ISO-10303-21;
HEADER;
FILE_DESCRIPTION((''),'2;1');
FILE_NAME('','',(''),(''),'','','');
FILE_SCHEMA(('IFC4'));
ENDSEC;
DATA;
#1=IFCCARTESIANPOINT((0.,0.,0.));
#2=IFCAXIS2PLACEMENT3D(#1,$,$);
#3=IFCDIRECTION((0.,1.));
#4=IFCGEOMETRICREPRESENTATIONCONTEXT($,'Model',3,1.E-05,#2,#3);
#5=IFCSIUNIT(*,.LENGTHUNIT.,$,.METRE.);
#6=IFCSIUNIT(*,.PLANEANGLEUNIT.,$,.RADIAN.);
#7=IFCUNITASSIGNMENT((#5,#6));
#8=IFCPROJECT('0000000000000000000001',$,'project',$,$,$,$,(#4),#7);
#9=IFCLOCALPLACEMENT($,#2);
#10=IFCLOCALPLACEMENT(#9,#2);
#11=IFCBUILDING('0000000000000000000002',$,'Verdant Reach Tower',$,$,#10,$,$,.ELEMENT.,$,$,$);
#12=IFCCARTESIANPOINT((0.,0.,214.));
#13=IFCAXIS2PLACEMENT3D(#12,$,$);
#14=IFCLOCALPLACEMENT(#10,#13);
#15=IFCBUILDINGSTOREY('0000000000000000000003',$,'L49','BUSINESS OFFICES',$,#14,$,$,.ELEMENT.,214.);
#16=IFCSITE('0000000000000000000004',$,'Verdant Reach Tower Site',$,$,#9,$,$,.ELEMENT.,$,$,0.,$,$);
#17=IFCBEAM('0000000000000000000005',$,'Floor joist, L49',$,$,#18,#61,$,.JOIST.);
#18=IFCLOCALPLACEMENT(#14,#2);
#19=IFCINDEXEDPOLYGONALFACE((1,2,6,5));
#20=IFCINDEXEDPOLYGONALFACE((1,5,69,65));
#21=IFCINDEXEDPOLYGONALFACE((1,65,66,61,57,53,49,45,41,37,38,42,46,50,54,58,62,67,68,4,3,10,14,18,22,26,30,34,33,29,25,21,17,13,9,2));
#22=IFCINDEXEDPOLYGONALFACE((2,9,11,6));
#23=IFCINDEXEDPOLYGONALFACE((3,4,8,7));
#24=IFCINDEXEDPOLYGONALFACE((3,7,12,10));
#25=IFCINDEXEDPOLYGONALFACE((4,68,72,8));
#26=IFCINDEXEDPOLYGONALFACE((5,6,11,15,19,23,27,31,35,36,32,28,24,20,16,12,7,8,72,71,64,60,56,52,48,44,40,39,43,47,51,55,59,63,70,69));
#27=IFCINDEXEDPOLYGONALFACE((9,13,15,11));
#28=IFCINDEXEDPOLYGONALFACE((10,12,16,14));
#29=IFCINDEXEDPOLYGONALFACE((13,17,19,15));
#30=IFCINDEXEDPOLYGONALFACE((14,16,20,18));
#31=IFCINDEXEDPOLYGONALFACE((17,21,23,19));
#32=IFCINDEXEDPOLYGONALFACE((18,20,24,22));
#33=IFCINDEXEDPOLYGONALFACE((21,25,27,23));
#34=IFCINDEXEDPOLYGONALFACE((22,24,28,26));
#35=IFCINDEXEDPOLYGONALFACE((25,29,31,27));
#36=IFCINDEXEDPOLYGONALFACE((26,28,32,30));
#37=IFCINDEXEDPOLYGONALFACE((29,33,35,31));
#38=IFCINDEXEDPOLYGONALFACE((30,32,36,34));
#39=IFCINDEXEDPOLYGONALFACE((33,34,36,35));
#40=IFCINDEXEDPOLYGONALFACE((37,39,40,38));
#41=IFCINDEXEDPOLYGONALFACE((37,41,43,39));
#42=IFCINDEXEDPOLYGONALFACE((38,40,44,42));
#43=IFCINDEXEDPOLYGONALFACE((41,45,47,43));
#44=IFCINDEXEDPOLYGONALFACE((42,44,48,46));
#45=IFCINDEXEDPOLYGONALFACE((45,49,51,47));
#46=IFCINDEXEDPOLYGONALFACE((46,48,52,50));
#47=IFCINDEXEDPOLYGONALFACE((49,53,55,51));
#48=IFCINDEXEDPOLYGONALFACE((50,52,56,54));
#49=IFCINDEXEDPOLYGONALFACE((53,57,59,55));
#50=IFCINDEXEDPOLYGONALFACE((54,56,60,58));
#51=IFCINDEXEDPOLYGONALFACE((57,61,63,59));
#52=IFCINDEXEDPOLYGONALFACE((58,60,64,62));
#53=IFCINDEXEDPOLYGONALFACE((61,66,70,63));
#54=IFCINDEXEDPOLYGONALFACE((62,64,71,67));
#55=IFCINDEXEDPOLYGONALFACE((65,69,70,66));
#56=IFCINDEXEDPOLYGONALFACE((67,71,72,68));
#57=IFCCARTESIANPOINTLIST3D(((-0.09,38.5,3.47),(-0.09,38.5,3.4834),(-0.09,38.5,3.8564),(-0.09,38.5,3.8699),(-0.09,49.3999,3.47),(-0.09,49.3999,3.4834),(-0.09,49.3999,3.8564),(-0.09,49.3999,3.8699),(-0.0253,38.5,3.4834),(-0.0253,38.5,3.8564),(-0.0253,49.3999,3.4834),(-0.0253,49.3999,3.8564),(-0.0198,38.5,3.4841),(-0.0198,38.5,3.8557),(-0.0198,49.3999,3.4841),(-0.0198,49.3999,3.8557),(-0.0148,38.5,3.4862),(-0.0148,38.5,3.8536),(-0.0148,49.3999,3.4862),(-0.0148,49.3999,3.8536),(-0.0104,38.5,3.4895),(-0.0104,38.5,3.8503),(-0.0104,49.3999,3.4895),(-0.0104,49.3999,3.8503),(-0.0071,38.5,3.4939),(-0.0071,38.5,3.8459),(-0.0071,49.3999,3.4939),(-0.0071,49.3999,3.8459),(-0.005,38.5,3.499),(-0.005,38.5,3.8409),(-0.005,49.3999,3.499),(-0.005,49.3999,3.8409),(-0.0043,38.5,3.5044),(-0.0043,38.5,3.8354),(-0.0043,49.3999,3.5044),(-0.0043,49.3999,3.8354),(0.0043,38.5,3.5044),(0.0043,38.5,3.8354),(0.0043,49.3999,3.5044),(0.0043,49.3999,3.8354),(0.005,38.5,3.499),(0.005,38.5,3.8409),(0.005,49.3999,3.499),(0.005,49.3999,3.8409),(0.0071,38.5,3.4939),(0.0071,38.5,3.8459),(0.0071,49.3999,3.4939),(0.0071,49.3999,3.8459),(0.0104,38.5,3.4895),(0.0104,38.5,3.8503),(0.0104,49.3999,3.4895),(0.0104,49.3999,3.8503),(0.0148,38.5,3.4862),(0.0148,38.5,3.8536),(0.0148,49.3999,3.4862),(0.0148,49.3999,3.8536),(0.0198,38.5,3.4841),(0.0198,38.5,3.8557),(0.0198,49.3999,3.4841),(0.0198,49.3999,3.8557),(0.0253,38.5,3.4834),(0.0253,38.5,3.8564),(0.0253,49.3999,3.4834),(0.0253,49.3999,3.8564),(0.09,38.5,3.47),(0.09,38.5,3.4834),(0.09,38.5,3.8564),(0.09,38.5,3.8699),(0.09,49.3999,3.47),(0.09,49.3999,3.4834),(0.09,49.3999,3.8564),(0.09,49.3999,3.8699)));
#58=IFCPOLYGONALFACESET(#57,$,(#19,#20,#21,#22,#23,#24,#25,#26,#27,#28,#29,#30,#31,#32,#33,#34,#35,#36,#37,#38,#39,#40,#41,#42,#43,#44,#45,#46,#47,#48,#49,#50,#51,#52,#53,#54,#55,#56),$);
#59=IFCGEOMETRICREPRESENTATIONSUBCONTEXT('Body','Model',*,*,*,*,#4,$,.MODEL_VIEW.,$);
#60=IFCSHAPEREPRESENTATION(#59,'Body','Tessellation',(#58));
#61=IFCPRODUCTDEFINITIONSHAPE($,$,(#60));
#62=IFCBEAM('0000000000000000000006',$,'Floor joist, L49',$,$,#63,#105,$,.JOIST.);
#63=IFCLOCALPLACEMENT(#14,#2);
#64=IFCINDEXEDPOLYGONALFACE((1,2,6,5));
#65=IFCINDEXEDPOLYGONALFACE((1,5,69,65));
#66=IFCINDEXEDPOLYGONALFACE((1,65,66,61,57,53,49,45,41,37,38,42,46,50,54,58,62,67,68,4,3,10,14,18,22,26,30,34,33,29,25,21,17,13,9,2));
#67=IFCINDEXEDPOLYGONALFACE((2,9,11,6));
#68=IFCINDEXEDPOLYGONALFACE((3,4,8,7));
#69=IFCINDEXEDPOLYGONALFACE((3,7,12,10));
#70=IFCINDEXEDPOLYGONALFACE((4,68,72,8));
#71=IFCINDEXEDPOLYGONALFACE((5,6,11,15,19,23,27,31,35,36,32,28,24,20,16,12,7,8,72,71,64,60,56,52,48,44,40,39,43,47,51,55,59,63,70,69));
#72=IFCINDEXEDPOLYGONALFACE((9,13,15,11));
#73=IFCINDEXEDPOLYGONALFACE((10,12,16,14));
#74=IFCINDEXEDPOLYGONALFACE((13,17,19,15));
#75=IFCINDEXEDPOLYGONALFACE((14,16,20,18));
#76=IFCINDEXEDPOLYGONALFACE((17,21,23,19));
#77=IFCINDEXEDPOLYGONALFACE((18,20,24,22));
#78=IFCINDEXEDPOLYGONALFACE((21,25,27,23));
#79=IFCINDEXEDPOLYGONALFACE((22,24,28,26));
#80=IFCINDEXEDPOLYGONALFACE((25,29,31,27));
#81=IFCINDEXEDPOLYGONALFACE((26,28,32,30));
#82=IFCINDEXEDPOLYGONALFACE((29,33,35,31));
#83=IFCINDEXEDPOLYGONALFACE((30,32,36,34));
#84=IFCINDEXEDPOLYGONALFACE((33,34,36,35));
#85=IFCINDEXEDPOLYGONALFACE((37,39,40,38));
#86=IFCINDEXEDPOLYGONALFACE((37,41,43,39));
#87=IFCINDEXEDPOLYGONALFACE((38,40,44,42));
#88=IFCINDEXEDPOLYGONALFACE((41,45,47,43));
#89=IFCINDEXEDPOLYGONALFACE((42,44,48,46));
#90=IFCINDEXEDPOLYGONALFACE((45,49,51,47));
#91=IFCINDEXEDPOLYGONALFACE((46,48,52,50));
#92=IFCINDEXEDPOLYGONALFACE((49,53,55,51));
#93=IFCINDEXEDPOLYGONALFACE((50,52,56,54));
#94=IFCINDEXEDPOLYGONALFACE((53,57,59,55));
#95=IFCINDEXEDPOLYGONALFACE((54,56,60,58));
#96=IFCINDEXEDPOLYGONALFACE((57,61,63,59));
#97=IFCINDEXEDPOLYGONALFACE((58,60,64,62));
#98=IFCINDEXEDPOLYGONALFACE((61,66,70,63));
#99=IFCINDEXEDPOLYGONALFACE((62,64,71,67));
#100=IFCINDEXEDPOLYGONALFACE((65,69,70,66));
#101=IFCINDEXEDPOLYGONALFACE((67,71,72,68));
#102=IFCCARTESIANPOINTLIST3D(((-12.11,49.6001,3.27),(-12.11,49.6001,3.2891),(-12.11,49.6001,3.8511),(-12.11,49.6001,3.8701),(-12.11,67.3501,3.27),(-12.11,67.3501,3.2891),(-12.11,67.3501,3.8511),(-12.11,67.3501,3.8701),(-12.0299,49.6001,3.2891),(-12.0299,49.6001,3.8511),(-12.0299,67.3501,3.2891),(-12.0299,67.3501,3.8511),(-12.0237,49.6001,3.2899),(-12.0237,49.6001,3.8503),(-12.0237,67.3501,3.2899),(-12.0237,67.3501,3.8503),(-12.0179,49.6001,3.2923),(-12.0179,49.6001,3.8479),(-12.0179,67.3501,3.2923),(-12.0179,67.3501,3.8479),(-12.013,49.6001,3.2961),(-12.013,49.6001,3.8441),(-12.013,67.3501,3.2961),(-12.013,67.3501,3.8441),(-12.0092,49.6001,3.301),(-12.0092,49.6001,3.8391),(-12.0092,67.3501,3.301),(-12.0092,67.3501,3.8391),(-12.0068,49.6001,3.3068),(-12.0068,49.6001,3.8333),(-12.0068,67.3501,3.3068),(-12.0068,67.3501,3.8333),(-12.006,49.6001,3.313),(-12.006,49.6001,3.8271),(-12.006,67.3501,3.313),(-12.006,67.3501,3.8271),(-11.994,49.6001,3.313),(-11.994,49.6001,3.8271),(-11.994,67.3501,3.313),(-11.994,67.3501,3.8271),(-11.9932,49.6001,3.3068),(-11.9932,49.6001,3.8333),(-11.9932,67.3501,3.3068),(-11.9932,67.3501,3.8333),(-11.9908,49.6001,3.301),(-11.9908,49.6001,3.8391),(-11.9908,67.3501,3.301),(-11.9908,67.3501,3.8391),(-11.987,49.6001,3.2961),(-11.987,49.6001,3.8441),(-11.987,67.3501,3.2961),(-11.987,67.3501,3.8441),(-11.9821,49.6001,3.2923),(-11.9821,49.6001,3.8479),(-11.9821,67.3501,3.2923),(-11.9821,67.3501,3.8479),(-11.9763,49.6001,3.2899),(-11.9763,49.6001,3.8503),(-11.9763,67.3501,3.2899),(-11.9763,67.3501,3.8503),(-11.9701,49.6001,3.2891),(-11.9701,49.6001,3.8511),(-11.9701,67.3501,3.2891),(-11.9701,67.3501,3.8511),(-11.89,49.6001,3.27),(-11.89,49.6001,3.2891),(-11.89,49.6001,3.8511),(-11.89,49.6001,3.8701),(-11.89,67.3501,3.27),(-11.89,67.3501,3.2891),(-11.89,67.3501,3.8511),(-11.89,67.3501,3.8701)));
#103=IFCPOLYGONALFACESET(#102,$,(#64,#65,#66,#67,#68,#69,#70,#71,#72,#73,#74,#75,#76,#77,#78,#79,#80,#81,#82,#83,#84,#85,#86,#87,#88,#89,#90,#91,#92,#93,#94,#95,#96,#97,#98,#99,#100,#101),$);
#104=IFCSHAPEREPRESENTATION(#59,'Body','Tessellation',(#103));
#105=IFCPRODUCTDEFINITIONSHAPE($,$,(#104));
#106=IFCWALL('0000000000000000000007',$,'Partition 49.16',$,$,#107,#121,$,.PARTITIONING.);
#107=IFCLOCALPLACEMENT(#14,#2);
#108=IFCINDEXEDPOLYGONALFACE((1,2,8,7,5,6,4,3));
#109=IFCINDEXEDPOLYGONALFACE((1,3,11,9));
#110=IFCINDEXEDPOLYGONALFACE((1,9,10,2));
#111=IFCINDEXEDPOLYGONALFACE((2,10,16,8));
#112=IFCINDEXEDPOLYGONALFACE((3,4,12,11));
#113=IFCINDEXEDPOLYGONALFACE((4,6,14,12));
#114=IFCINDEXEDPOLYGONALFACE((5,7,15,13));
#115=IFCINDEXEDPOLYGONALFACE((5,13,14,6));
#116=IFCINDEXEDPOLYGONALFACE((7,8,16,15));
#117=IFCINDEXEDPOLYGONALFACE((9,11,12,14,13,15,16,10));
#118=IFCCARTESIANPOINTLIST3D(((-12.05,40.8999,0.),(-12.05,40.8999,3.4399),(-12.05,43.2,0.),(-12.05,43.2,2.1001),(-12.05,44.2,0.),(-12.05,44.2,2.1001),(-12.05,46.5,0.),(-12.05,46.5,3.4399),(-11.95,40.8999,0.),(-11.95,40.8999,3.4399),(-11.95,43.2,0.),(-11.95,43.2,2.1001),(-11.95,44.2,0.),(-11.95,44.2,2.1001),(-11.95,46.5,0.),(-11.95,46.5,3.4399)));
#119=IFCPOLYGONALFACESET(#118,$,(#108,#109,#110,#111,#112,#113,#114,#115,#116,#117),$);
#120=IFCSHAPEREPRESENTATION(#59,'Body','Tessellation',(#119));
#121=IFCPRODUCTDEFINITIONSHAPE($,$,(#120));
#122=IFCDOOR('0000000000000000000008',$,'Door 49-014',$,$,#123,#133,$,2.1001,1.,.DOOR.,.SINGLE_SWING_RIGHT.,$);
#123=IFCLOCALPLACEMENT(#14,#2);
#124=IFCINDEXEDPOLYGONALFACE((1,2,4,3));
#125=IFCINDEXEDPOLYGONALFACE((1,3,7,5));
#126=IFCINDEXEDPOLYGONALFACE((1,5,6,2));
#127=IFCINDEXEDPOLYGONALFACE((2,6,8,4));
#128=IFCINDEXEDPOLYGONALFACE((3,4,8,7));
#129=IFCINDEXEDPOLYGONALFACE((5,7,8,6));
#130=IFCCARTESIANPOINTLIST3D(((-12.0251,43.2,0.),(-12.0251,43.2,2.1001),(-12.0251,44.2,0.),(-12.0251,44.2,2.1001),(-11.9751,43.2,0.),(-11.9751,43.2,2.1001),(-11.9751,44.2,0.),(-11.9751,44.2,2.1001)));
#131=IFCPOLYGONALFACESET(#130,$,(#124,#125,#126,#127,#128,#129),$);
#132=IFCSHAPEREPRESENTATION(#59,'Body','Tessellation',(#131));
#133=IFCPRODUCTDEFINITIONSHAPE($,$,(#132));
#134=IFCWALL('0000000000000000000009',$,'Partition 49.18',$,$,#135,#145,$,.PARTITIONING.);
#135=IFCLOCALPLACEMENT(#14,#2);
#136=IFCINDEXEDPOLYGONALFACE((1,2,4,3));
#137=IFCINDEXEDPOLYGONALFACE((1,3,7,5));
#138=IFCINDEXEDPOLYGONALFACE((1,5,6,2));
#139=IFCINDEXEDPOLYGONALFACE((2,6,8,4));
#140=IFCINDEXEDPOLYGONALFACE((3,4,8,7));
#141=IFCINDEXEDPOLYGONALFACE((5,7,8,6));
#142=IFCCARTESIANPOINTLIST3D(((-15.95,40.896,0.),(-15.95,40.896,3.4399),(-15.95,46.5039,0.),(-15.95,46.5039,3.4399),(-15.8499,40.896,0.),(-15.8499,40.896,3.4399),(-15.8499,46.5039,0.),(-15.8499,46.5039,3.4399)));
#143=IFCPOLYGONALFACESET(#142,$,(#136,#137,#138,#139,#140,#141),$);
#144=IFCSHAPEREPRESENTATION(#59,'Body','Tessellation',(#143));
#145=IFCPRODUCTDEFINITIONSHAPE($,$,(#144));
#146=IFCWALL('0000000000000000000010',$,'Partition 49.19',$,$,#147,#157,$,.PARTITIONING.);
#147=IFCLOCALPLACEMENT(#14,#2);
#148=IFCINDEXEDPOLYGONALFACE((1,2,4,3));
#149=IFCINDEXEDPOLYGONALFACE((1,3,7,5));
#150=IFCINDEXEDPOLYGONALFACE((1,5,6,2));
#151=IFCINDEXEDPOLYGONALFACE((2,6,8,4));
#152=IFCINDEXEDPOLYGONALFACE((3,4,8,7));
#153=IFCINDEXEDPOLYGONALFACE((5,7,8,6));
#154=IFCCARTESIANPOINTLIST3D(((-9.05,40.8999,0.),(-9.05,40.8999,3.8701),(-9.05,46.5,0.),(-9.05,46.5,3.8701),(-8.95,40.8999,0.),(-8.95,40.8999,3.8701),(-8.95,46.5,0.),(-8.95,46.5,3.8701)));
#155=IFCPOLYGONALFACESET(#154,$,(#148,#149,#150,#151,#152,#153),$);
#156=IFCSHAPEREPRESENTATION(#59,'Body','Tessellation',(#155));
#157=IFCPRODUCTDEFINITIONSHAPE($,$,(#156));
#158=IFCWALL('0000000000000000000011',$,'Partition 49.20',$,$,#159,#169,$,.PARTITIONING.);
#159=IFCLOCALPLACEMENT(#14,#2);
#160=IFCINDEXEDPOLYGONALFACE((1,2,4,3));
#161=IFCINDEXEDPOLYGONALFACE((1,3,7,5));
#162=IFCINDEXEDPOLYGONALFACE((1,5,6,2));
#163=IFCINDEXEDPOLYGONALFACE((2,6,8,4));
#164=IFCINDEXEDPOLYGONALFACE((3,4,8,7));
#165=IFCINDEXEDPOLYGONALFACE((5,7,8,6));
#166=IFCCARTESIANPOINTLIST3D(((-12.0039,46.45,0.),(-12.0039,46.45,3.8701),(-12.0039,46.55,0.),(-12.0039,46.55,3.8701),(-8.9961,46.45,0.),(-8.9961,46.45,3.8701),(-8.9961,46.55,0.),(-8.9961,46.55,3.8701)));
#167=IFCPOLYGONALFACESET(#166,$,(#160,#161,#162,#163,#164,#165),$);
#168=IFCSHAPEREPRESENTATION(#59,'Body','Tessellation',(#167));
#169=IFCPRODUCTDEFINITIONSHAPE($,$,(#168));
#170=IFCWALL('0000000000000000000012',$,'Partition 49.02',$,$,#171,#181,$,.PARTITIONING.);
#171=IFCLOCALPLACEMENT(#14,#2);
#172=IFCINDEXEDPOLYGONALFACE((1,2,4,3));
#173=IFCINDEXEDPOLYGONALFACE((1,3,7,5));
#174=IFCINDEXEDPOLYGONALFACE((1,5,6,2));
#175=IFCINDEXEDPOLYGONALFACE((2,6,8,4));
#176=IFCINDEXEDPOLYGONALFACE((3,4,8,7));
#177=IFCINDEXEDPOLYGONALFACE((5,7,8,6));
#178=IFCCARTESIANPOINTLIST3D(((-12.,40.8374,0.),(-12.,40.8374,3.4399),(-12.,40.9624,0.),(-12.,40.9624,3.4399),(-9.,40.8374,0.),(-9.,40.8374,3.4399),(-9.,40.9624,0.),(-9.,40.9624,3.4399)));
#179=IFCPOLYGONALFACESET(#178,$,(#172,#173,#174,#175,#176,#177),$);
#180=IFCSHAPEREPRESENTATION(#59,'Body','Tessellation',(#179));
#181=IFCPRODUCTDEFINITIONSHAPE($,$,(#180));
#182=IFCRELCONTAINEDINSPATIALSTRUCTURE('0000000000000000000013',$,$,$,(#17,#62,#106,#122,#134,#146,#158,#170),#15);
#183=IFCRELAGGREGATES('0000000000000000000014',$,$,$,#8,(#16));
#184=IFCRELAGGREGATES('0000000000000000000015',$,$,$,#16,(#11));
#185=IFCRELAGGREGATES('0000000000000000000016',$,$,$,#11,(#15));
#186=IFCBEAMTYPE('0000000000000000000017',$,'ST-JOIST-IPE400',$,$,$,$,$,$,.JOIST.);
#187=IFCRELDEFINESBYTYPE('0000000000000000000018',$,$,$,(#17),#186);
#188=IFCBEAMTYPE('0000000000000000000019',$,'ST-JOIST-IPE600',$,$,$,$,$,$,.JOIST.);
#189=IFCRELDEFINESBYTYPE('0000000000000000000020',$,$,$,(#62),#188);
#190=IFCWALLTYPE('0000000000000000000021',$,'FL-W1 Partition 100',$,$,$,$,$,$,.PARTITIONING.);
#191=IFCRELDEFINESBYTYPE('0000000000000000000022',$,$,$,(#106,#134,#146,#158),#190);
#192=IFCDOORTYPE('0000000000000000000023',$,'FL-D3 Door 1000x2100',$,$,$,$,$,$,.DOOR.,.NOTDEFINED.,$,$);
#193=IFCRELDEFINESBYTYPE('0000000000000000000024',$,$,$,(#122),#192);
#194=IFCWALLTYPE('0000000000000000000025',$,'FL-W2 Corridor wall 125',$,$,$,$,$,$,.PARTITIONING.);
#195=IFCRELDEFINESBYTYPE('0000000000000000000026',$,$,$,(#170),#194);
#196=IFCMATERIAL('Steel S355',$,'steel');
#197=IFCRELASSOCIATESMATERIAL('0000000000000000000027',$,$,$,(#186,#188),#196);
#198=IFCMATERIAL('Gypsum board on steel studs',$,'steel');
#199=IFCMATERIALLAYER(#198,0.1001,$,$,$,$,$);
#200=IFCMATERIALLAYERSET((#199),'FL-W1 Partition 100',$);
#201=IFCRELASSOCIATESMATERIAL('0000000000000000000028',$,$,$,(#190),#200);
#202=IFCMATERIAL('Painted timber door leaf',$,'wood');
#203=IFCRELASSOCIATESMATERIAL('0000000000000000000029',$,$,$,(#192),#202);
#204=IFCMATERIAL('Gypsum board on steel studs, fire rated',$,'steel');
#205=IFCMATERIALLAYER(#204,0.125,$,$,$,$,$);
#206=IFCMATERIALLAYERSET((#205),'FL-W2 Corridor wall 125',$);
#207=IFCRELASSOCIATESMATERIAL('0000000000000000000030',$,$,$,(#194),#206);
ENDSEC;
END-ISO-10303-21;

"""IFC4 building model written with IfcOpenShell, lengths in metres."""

from ifc_helpers import new_model, si_unit, direction, frame, frame_2d, origin, origin_2d, place, context, subcontext, project, spatial, rectangle, i_section, extrude, material, layer, layer_set, material_profile, profile_set, type_object, element, fill, save


model = new_model("IFC4")

# Units and contexts
model_context = context("Model", 3, precision=1e-05, world=origin(), true_north=direction((0.0, 1.0)))
body_context = subcontext(model_context, "Body", "Model", "MODEL_VIEW")
ifc_project = project(units=[si_unit("LENGTHUNIT", "METRE"), si_unit("PLANEANGLEUNIT", "RADIAN")], contexts=[model_context])

# Site, building, storey
site_placement = place(None, origin())
site = spatial("IfcSite", under=ifc_project, at=site_placement, Name="Verdant Reach Tower Site", CompositionType="ELEMENT", RefElevation=0.0)
building_placement = place(site_placement, origin())
building = spatial("IfcBuilding", under=site, at=building_placement, Name="Verdant Reach Tower", CompositionType="ELEMENT")
storey_placement = place(building_placement, frame((0.0, 0.0, 214.0)))
storey = spatial("IfcBuildingStorey", under=building, at=storey_placement, Name="L49", Description="BUSINESS OFFICES", CompositionType="ELEMENT", Elevation=214.0)

# Beams
ifc_material_1 = material(Name="Steel S355", Category="steel")
ifc_material_profile_1 = material_profile(ifc_material_1, i_section(OverallWidth=0.1799, OverallDepth=0.3999, WebThickness=0.0085, FlangeThickness=0.0134, FilletRadius=0.021, at=origin_2d()), Name="IPE 400")
ifc_profile_set_1 = profile_set([ifc_material_profile_1], Name="Steel S355")
beam_type_1 = type_object("IfcBeamType", Name="ST-JOIST-IPE400", PredefinedType="JOIST", material=ifc_profile_set_1)
for number, where, z_axis, x_axis, name in (
    (1, (0.0, 38.5, 3.6699), (0.0, 1.0, 0.0), (-1.0, 0.0, 0.0), "Floor joist, L49"),
):
    element("IfcBeam", number, at=place(storey_placement, frame(where, z_axis=z_axis, x_axis=x_axis)), inside=storey, type_object=beam_type_1, Name=name, PredefinedType="JOIST", context=body_context, shape_type="SweptSolid", body=[
        extrude(i_section(OverallWidth=0.1799, OverallDepth=0.3999, WebThickness=0.0085, FlangeThickness=0.0134, FilletRadius=0.021, at=origin_2d()), origin(), (0.0, 0.0, 1.0), 10.8999),
    ])
ifc_material_profile_2 = material_profile(ifc_material_1, i_section(OverallWidth=0.22, OverallDepth=0.6001, WebThickness=0.012, FlangeThickness=0.019, FilletRadius=0.0239, at=origin_2d()), Name="IPE 600")
ifc_profile_set_2 = profile_set([ifc_material_profile_2], Name="Steel S355")
beam_type_2 = type_object("IfcBeamType", Name="ST-JOIST-IPE600", PredefinedType="JOIST", material=ifc_profile_set_2)
beam_1_placement = place(storey_placement, frame((-12.0, 49.6001, 3.5701), z_axis=(0.0, 1.0, 0.0), x_axis=(-1.0, 0.0, 0.0)))
element("IfcBeam", 2, at=beam_1_placement, inside=storey, type_object=beam_type_2, Name="Floor joist, L49", PredefinedType="JOIST", context=body_context, shape_type="SweptSolid", body=[
    extrude(i_section(OverallWidth=0.22, OverallDepth=0.6001, WebThickness=0.012, FlangeThickness=0.019, FilletRadius=0.0239, at=origin_2d()), origin(), (0.0, 0.0, 1.0), 17.75),
])

# Wall, opening, door
ifc_material_2 = material(Name="Gypsum board on steel studs", Category="steel")
ifc_layer_1 = layer(ifc_material_2, 0.1001)
ifc_layer_set_1 = layer_set([ifc_layer_1], Name="FL-W1 Partition 100")
wall_type_1 = type_object("IfcWallType", Name="FL-W1 Partition 100", PredefinedType="PARTITIONING", material=ifc_layer_set_1)
wall_1_placement = place(storey_placement, frame((-12.0, 46.5, 0.0), z_axis=(0.0, 0.0, 1.0), x_axis=(0.0, -1.0, 0.0)))
wall_1 = element("IfcWall", 3, at=wall_1_placement, inside=storey, type_object=wall_type_1, Name="Partition 49.16", PredefinedType="PARTITIONING", context=body_context, shape_type="SweptSolid", body=[
    extrude(rectangle(XDim=5.6001, YDim=0.1001, at=frame_2d((2.8, 0.0))), origin(), (0.0, 0.0, 1.0), 3.4399),
])
opening_1_placement = place(wall_1_placement, frame((2.3, 0.0, 0.0)))
opening_1 = element("IfcOpeningElement", 4, at=opening_1_placement, cuts=wall_1, PredefinedType="OPENING", context=body_context, shape_type="SweptSolid", body=[
    extrude(rectangle(XDim=1.0, YDim=2.1001, at=frame_2d((0.5, 1.05))), frame((0.0, 0.0601, 0.0), z_axis=(0.0, -1.0, 0.0), x_axis=(1.0, 0.0, 0.0)), (0.0, 0.0, 1.0), 0.1201),
])
ifc_material_3 = material(Name="Painted timber door leaf", Category="wood")
door_type_1 = type_object("IfcDoorType", Name="FL-D3 Door 1000x2100", OperationType="NOTDEFINED", PredefinedType="DOOR", material=ifc_material_3)
door_1_placement = place(opening_1_placement, origin())
door_1 = element("IfcDoor", 5, at=door_1_placement, inside=storey, type_object=door_type_1, Name="Door 49-014", OperationType="SINGLE_SWING_RIGHT", OverallHeight=2.1001, OverallWidth=1.0, PredefinedType="DOOR", context=body_context, shape_type="SweptSolid", body=[
    extrude(rectangle(XDim=1.0, YDim=2.1001, at=frame_2d((0.5, 1.05))), frame((0.0, 0.0249, 0.0), z_axis=(0.0, -1.0, 0.0), x_axis=(1.0, 0.0, 0.0)), (0.0, 0.0, 1.0), 0.05),
])
fill(opening_1, door_1)

# Walls
wall_2_placement = place(storey_placement, frame((-15.8999, 46.5039, 0.0), z_axis=(0.0, 0.0, 1.0), x_axis=(0.0, -1.0, 0.0)))
element("IfcWall", 6, at=wall_2_placement, inside=storey, type_object=wall_type_1, Name="Partition 49.18", PredefinedType="PARTITIONING", context=body_context, shape_type="SweptSolid", body=[
    extrude(rectangle(XDim=5.6079, YDim=0.1001, at=frame_2d((2.804, 0.0))), origin(), (0.0, 0.0, 1.0), 3.4399),
])
wall_3_placement = place(storey_placement, frame((-9.0, 40.8999, 0.0), z_axis=(0.0, 0.0, 1.0), x_axis=(0.0, 1.0, 0.0)))
element("IfcWall", 7, at=wall_3_placement, inside=storey, type_object=wall_type_1, Name="Partition 49.19", PredefinedType="PARTITIONING", context=body_context, shape_type="SweptSolid", body=[
    extrude(rectangle(XDim=5.6001, YDim=0.1001, at=frame_2d((2.8, 0.0))), origin(), (0.0, 0.0, 1.0), 3.8701),
])
wall_4_placement = place(storey_placement, frame((-8.9961, 46.5, 0.0), z_axis=(0.0, 0.0, 1.0), x_axis=(-1.0, 0.0, 0.0)))
element("IfcWall", 8, at=wall_4_placement, inside=storey, type_object=wall_type_1, Name="Partition 49.20", PredefinedType="PARTITIONING", context=body_context, shape_type="SweptSolid", body=[
    extrude(rectangle(XDim=3.0078, YDim=0.1001, at=frame_2d((1.5039, 0.0))), origin(), (0.0, 0.0, 1.0), 3.8701),
])
ifc_material_4 = material(Name="Gypsum board on steel studs, fire rated", Category="steel")
ifc_layer_2 = layer(ifc_material_4, 0.125)
ifc_layer_set_2 = layer_set([ifc_layer_2], Name="FL-W2 Corridor wall 125")
wall_type_2 = type_object("IfcWallType", Name="FL-W2 Corridor wall 125", PredefinedType="PARTITIONING", material=ifc_layer_set_2)
wall_5_placement = place(storey_placement, frame((-9.0, 40.8999, 0.0), z_axis=(0.0, 0.0, 1.0), x_axis=(-1.0, 0.0, 0.0)))
element("IfcWall", 9, at=wall_5_placement, inside=storey, type_object=wall_type_2, Name="Partition 49.02", PredefinedType="PARTITIONING", context=body_context, shape_type="SweptSolid", body=[
    extrude(rectangle(XDim=3.0, YDim=0.125, at=frame_2d((1.5, 0.0))), origin(), (0.0, 0.0, 1.0), 3.4399),
])

save(model, "model.ifc")
